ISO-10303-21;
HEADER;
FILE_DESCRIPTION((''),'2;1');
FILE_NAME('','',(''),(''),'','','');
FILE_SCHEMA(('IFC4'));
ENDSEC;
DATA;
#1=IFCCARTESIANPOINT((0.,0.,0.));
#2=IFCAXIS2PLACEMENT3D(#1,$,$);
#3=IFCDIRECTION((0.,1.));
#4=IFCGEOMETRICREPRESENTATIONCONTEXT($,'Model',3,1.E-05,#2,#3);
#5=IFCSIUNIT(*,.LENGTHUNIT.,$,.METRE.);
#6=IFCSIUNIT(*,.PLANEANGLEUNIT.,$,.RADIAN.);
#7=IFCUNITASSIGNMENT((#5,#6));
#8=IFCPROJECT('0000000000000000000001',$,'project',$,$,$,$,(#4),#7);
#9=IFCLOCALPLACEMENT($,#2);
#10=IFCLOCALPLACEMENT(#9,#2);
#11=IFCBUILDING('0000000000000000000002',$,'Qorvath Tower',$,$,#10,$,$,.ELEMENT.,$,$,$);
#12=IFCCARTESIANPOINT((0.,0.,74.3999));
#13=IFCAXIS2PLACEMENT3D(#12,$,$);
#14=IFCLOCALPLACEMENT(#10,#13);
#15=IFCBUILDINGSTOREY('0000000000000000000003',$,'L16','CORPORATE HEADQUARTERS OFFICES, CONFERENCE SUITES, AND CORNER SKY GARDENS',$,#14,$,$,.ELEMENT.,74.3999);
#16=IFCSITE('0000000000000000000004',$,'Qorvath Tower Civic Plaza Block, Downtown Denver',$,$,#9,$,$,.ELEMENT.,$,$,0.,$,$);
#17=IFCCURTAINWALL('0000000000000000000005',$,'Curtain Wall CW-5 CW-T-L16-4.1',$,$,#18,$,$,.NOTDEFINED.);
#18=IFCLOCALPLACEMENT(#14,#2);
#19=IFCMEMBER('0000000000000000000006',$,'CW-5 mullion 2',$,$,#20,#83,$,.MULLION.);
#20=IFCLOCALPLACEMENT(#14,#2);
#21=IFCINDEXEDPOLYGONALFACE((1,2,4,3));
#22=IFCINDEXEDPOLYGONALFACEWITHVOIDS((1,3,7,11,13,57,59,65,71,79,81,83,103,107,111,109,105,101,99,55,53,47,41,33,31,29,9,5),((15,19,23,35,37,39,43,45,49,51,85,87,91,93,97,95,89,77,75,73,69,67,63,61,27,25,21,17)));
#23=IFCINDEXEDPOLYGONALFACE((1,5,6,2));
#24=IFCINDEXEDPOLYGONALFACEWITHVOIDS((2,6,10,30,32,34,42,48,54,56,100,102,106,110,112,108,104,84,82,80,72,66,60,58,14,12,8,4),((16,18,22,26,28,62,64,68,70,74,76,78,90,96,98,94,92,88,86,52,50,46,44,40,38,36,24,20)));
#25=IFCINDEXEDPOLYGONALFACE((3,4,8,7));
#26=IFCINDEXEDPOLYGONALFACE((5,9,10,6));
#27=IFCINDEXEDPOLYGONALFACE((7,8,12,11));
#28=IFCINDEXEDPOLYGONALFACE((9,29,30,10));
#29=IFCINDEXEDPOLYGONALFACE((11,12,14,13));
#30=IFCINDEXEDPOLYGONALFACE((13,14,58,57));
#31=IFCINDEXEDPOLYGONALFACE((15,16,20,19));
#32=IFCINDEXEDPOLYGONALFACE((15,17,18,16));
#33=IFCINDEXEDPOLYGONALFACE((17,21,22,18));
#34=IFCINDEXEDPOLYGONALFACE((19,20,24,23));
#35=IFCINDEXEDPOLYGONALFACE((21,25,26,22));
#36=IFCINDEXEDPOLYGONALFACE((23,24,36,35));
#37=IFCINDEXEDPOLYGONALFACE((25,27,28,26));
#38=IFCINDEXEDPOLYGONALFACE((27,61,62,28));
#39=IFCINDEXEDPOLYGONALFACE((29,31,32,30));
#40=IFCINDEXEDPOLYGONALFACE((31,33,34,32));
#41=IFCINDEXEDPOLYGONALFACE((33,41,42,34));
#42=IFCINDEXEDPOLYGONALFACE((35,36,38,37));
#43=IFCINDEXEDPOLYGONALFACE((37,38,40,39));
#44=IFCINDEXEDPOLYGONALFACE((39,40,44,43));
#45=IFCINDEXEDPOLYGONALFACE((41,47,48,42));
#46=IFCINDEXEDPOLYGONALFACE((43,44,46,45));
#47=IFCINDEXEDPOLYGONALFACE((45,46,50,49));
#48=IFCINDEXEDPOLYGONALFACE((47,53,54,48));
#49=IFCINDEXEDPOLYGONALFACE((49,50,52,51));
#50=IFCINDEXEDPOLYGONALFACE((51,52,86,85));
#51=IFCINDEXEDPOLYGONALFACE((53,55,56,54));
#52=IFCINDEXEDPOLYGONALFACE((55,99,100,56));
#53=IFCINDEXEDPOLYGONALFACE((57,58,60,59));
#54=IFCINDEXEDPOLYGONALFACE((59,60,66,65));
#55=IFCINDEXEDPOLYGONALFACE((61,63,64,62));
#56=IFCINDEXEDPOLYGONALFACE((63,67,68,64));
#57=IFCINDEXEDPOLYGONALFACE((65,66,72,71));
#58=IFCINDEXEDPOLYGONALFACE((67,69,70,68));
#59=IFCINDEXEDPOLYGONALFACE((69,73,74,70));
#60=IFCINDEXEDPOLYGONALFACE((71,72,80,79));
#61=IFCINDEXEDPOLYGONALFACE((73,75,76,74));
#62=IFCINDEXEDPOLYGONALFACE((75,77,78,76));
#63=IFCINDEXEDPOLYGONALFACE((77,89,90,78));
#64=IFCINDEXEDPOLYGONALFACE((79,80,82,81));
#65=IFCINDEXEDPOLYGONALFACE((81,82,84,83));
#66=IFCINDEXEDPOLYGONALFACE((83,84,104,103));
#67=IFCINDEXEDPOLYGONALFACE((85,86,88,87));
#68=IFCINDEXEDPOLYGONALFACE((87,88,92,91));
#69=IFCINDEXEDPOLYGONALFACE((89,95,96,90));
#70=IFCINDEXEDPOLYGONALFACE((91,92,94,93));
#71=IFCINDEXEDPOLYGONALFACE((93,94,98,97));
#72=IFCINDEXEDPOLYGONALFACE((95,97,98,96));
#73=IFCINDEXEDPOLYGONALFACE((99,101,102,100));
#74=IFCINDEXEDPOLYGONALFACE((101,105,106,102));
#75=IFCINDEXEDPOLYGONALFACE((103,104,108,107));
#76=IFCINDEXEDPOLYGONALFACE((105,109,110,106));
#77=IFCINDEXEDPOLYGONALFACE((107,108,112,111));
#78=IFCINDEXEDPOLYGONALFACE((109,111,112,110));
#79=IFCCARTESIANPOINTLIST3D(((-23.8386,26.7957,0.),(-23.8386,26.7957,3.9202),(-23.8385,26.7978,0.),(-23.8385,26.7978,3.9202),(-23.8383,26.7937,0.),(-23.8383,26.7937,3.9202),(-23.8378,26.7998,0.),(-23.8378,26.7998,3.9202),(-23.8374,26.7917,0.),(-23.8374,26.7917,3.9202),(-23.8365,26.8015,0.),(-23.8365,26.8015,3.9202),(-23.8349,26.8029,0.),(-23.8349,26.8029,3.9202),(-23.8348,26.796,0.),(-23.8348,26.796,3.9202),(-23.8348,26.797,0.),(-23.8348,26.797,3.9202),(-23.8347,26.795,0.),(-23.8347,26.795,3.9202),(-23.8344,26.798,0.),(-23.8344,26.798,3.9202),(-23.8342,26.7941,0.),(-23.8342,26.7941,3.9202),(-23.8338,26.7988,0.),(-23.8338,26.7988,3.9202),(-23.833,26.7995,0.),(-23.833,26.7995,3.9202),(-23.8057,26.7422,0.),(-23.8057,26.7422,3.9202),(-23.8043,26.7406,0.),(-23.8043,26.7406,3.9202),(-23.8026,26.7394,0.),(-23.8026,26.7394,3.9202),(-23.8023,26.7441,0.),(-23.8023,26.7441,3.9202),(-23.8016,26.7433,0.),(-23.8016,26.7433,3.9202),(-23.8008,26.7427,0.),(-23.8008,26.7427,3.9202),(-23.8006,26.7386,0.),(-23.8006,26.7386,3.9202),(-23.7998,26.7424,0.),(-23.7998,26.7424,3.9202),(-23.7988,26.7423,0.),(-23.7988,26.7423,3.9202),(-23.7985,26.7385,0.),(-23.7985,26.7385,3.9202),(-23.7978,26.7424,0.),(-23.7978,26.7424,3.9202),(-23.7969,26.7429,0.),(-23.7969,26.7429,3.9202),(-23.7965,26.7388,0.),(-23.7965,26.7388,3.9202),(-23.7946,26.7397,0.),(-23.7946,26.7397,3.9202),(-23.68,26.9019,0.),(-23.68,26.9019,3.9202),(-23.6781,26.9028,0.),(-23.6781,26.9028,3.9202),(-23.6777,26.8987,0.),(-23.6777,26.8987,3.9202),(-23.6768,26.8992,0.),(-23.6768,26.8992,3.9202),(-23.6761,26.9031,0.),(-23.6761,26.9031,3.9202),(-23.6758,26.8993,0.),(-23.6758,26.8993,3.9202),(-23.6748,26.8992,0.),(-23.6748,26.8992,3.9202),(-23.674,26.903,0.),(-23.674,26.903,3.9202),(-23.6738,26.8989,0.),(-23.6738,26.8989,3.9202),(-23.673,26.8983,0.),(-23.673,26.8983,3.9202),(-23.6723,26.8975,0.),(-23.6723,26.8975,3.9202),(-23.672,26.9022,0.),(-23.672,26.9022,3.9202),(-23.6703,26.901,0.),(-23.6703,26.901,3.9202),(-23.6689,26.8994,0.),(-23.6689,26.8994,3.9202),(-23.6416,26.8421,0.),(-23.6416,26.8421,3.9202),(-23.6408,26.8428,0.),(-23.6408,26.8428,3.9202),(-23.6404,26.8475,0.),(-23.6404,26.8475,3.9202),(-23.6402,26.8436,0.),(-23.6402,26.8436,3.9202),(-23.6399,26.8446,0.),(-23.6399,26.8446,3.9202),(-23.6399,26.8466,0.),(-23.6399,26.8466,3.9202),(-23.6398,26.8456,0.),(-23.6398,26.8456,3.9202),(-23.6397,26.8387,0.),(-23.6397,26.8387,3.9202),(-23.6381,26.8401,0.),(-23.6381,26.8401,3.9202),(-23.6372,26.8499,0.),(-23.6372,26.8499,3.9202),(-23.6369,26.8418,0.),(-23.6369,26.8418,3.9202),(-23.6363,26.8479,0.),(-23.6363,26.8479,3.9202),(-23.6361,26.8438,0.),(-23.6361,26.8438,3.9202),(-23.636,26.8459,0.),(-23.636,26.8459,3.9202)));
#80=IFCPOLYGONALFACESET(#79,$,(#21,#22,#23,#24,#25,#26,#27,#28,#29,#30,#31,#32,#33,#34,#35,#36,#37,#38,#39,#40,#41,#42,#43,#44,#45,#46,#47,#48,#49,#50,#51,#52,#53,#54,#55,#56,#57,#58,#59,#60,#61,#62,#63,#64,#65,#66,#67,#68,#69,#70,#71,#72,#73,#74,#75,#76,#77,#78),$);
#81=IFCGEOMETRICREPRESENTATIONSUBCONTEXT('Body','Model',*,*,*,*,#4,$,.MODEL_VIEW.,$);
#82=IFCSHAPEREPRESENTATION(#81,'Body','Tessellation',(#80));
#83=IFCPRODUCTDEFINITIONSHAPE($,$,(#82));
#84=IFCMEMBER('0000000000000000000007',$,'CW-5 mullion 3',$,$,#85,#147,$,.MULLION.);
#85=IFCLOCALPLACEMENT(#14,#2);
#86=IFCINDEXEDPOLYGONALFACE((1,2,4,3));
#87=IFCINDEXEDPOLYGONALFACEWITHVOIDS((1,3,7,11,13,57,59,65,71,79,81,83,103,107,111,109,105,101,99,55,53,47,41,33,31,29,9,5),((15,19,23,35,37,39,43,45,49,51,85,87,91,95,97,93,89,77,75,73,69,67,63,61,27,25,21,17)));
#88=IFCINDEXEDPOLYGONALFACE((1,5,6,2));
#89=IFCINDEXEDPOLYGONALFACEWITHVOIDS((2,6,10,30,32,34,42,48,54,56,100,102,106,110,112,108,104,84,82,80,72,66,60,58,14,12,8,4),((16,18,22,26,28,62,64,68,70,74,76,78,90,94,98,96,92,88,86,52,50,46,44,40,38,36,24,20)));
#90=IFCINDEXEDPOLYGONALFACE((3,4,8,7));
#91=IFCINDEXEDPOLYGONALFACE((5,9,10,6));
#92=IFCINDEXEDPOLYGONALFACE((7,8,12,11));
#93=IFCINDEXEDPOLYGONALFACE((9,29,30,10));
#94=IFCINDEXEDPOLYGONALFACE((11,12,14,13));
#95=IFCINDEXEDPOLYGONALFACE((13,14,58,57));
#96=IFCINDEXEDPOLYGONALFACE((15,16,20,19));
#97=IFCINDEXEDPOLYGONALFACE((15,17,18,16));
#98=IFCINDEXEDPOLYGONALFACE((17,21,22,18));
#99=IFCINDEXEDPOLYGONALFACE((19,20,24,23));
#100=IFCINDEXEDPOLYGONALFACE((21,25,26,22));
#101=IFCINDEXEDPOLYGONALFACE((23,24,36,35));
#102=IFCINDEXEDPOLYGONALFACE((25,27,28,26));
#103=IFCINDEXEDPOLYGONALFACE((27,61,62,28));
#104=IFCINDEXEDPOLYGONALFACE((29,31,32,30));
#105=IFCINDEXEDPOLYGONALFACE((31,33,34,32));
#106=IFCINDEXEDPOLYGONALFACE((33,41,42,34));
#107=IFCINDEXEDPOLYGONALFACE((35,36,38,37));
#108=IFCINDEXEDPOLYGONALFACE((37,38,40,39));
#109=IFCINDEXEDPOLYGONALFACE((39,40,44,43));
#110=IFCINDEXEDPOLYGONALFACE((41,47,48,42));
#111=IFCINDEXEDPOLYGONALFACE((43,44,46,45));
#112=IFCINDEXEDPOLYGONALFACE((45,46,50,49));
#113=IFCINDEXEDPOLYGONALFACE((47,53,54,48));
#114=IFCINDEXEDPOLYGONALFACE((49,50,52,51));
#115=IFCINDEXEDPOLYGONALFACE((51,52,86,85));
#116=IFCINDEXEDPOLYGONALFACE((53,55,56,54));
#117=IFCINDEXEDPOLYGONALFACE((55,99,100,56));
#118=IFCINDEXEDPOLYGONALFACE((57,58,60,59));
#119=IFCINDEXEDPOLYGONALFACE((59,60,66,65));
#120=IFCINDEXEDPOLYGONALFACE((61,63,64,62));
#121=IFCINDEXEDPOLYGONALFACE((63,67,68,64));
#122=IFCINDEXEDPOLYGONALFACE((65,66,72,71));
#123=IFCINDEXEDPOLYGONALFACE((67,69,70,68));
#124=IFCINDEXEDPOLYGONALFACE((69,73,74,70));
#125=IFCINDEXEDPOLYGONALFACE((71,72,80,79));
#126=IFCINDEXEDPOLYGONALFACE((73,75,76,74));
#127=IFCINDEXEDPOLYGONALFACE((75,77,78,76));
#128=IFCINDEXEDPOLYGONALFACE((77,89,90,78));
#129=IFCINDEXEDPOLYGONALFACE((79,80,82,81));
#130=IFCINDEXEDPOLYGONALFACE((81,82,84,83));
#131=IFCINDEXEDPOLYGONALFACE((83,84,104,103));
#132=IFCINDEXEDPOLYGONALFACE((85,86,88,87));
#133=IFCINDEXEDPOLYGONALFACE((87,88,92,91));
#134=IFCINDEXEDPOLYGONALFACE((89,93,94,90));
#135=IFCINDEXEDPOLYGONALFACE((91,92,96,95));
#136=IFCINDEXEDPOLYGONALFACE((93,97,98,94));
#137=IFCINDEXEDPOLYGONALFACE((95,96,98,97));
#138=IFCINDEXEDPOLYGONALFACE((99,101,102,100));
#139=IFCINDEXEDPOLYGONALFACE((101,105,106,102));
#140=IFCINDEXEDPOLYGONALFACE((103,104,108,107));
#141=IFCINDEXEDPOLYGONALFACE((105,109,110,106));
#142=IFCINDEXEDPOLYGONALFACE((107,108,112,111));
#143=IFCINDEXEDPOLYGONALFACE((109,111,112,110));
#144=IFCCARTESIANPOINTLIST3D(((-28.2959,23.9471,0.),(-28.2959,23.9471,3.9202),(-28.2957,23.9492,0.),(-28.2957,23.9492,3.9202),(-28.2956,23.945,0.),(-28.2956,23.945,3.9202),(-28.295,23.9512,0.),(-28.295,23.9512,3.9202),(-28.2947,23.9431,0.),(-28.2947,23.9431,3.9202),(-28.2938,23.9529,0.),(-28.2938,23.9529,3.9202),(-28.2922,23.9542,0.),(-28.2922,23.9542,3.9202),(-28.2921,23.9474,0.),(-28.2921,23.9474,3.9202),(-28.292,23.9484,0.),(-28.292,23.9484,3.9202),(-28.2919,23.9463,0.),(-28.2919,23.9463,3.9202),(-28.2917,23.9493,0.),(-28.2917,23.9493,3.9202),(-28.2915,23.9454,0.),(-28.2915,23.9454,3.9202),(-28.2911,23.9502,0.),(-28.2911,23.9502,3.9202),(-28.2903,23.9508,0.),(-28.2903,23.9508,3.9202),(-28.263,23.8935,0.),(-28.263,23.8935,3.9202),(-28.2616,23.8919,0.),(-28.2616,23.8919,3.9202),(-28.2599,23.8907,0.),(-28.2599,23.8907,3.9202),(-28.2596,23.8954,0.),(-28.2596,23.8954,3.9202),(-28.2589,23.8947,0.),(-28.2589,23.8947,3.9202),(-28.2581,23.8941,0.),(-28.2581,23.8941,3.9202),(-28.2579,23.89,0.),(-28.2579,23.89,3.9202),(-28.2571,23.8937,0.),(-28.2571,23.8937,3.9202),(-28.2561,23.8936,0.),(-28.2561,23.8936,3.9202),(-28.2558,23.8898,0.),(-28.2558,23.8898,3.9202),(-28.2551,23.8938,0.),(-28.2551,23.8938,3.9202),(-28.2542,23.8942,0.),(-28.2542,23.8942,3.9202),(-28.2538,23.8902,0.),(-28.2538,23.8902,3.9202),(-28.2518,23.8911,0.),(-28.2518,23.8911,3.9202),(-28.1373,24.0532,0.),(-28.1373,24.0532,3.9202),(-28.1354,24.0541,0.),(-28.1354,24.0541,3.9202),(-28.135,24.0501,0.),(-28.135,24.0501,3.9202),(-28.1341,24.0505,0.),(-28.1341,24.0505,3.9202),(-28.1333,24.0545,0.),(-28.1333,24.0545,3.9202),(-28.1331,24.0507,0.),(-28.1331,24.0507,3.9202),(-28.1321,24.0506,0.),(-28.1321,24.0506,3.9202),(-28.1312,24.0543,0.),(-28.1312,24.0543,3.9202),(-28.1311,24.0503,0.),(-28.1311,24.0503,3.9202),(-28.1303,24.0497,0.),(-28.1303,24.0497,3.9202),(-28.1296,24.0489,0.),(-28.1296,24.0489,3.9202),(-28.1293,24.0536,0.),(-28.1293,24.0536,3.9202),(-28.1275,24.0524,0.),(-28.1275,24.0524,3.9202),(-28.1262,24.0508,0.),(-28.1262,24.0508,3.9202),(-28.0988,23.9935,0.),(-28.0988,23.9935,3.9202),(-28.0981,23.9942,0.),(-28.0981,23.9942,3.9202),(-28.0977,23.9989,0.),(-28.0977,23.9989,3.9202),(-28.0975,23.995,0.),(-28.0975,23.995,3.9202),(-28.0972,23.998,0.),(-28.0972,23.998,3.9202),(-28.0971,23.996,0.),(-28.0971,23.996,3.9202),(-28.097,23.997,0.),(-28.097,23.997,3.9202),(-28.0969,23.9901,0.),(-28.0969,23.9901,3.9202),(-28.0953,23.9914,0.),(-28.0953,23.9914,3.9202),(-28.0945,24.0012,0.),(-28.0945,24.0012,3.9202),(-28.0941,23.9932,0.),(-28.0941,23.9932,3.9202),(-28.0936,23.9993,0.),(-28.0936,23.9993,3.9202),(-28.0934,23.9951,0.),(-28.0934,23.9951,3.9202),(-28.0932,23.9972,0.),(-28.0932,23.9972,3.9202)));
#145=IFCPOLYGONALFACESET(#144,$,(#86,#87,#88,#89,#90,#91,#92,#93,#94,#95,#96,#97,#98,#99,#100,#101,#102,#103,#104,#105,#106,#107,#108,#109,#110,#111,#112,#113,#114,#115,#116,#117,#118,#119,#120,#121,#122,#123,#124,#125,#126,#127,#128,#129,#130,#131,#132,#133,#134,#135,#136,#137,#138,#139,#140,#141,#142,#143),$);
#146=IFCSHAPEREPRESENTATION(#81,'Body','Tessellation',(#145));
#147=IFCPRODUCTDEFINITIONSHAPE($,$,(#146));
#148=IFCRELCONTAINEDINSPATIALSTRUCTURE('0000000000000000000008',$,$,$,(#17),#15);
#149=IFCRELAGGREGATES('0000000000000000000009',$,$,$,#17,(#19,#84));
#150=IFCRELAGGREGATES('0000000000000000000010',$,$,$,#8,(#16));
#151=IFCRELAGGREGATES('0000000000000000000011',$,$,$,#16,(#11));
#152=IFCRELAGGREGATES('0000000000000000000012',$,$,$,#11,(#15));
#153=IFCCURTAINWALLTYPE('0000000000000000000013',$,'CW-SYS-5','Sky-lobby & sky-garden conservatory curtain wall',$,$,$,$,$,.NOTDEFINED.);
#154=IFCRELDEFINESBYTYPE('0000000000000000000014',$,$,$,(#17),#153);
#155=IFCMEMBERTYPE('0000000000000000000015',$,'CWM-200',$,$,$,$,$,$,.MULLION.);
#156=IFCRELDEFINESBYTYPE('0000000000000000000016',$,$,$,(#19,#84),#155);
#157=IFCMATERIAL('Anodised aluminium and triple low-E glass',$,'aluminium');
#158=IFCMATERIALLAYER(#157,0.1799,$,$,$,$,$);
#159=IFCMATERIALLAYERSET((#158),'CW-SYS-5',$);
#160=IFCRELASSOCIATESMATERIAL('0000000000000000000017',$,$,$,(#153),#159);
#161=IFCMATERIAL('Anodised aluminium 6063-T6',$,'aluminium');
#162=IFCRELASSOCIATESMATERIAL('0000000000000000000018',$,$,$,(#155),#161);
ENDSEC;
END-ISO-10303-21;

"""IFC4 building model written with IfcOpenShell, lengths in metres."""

from ifc_helpers import new_model, si_unit, direction, frame, origin, origin_2d, place, context, subcontext, project, spatial, hollow_rectangle, extrude, material, layer, layer_set, material_profile, profile_set, type_object, element, aggregate, save


model = new_model("IFC4")

# Units and contexts
model_context = context("Model", 3, precision=1e-05, world=origin(), true_north=direction((0.0, 1.0)))
body_context = subcontext(model_context, "Body", "Model", "MODEL_VIEW")
ifc_project = project(units=[si_unit("LENGTHUNIT", "METRE"), si_unit("PLANEANGLEUNIT", "RADIAN")], contexts=[model_context])

# Site, building, storey
site_placement = place(None, origin())
site = spatial("IfcSite", under=ifc_project, at=site_placement, Name="Qorvath Tower Civic Plaza Block, Downtown Denver", CompositionType="ELEMENT", RefElevation=0.0)
building_placement = place(site_placement, origin())
building = spatial("IfcBuilding", under=site, at=building_placement, Name="Qorvath Tower", CompositionType="ELEMENT")
storey_placement = place(building_placement, frame((0.0, 0.0, 74.3999)))
storey = spatial("IfcBuildingStorey", under=building, at=storey_placement, Name="L16", Description="CORPORATE HEADQUARTERS OFFICES, CONFERENCE SUITES, AND CORNER SKY GARDENS", CompositionType="ELEMENT", Elevation=74.3999)

# Curtain wall, members
ifc_material_1 = material(Name="Anodised aluminium and triple low-E glass", Category="aluminium")
ifc_layer_1 = layer(ifc_material_1, 0.1799)
ifc_layer_set_1 = layer_set([ifc_layer_1], Name="CW-SYS-5")
curtain_wall_type = type_object("IfcCurtainWallType", Name="CW-SYS-5", Description="Sky-lobby & sky-garden conservatory curtain wall", PredefinedType="NOTDEFINED", material=ifc_layer_set_1)
curtain_wall_placement = place(storey_placement, origin())
curtain_wall = element("IfcCurtainWall", 1, at=curtain_wall_placement, inside=storey, type_object=curtain_wall_type, Name="Curtain Wall CW-5 CW-T-L16-4.1", PredefinedType="NOTDEFINED")
ifc_material_2 = material(Name="Anodised aluminium 6063-T6", Category="aluminium")
ifc_material_profile_1 = material_profile(ifc_material_2, hollow_rectangle(XDim=0.075, YDim=0.2, WallThickness=0.0039, InnerFilletRadius=0.0039, OuterFilletRadius=0.0081, at=origin_2d()), Name="CWM 200x75")
ifc_profile_set_1 = profile_set([ifc_material_profile_1], Name="Anodised aluminium 6063-T6")
member_type_1 = type_object("IfcMemberType", Name="CWM-200", PredefinedType="MULLION", material=ifc_profile_set_1)
member_1_placement = place(storey_placement, frame((-23.7373, 26.8208, 0.0), z_axis=(0.0, 0.0, 1.0), x_axis=(0.538533, -0.842604, 0.0)))
member_1 = element("IfcMember", 2, at=member_1_placement, type_object=member_type_1, Name="CW-5 mullion 2", PredefinedType="MULLION", context=body_context, shape_type="SweptSolid", body=[
    extrude(hollow_rectangle(XDim=0.075, YDim=0.2, WallThickness=0.0039, InnerFilletRadius=0.0039, OuterFilletRadius=0.0081, at=origin_2d()), origin(), (0.0, 0.0, 1.0), 3.9202),
])
member_2_placement = place(storey_placement, frame((-28.1946, 23.9722, 0.0), z_axis=(0.0, 0.0, 1.0), x_axis=(0.538533, -0.842604, 0.0)))
member_2 = element("IfcMember", 3, at=member_2_placement, type_object=member_type_1, Name="CW-5 mullion 3", PredefinedType="MULLION", context=body_context, shape_type="SweptSolid", body=[
    extrude(hollow_rectangle(XDim=0.075, YDim=0.2, WallThickness=0.0039, InnerFilletRadius=0.0039, OuterFilletRadius=0.0081, at=origin_2d()), origin(), (0.0, 0.0, 1.0), 3.9202),
])
aggregate(curtain_wall, [member_1, member_2])

save(model, "model.ifc")
